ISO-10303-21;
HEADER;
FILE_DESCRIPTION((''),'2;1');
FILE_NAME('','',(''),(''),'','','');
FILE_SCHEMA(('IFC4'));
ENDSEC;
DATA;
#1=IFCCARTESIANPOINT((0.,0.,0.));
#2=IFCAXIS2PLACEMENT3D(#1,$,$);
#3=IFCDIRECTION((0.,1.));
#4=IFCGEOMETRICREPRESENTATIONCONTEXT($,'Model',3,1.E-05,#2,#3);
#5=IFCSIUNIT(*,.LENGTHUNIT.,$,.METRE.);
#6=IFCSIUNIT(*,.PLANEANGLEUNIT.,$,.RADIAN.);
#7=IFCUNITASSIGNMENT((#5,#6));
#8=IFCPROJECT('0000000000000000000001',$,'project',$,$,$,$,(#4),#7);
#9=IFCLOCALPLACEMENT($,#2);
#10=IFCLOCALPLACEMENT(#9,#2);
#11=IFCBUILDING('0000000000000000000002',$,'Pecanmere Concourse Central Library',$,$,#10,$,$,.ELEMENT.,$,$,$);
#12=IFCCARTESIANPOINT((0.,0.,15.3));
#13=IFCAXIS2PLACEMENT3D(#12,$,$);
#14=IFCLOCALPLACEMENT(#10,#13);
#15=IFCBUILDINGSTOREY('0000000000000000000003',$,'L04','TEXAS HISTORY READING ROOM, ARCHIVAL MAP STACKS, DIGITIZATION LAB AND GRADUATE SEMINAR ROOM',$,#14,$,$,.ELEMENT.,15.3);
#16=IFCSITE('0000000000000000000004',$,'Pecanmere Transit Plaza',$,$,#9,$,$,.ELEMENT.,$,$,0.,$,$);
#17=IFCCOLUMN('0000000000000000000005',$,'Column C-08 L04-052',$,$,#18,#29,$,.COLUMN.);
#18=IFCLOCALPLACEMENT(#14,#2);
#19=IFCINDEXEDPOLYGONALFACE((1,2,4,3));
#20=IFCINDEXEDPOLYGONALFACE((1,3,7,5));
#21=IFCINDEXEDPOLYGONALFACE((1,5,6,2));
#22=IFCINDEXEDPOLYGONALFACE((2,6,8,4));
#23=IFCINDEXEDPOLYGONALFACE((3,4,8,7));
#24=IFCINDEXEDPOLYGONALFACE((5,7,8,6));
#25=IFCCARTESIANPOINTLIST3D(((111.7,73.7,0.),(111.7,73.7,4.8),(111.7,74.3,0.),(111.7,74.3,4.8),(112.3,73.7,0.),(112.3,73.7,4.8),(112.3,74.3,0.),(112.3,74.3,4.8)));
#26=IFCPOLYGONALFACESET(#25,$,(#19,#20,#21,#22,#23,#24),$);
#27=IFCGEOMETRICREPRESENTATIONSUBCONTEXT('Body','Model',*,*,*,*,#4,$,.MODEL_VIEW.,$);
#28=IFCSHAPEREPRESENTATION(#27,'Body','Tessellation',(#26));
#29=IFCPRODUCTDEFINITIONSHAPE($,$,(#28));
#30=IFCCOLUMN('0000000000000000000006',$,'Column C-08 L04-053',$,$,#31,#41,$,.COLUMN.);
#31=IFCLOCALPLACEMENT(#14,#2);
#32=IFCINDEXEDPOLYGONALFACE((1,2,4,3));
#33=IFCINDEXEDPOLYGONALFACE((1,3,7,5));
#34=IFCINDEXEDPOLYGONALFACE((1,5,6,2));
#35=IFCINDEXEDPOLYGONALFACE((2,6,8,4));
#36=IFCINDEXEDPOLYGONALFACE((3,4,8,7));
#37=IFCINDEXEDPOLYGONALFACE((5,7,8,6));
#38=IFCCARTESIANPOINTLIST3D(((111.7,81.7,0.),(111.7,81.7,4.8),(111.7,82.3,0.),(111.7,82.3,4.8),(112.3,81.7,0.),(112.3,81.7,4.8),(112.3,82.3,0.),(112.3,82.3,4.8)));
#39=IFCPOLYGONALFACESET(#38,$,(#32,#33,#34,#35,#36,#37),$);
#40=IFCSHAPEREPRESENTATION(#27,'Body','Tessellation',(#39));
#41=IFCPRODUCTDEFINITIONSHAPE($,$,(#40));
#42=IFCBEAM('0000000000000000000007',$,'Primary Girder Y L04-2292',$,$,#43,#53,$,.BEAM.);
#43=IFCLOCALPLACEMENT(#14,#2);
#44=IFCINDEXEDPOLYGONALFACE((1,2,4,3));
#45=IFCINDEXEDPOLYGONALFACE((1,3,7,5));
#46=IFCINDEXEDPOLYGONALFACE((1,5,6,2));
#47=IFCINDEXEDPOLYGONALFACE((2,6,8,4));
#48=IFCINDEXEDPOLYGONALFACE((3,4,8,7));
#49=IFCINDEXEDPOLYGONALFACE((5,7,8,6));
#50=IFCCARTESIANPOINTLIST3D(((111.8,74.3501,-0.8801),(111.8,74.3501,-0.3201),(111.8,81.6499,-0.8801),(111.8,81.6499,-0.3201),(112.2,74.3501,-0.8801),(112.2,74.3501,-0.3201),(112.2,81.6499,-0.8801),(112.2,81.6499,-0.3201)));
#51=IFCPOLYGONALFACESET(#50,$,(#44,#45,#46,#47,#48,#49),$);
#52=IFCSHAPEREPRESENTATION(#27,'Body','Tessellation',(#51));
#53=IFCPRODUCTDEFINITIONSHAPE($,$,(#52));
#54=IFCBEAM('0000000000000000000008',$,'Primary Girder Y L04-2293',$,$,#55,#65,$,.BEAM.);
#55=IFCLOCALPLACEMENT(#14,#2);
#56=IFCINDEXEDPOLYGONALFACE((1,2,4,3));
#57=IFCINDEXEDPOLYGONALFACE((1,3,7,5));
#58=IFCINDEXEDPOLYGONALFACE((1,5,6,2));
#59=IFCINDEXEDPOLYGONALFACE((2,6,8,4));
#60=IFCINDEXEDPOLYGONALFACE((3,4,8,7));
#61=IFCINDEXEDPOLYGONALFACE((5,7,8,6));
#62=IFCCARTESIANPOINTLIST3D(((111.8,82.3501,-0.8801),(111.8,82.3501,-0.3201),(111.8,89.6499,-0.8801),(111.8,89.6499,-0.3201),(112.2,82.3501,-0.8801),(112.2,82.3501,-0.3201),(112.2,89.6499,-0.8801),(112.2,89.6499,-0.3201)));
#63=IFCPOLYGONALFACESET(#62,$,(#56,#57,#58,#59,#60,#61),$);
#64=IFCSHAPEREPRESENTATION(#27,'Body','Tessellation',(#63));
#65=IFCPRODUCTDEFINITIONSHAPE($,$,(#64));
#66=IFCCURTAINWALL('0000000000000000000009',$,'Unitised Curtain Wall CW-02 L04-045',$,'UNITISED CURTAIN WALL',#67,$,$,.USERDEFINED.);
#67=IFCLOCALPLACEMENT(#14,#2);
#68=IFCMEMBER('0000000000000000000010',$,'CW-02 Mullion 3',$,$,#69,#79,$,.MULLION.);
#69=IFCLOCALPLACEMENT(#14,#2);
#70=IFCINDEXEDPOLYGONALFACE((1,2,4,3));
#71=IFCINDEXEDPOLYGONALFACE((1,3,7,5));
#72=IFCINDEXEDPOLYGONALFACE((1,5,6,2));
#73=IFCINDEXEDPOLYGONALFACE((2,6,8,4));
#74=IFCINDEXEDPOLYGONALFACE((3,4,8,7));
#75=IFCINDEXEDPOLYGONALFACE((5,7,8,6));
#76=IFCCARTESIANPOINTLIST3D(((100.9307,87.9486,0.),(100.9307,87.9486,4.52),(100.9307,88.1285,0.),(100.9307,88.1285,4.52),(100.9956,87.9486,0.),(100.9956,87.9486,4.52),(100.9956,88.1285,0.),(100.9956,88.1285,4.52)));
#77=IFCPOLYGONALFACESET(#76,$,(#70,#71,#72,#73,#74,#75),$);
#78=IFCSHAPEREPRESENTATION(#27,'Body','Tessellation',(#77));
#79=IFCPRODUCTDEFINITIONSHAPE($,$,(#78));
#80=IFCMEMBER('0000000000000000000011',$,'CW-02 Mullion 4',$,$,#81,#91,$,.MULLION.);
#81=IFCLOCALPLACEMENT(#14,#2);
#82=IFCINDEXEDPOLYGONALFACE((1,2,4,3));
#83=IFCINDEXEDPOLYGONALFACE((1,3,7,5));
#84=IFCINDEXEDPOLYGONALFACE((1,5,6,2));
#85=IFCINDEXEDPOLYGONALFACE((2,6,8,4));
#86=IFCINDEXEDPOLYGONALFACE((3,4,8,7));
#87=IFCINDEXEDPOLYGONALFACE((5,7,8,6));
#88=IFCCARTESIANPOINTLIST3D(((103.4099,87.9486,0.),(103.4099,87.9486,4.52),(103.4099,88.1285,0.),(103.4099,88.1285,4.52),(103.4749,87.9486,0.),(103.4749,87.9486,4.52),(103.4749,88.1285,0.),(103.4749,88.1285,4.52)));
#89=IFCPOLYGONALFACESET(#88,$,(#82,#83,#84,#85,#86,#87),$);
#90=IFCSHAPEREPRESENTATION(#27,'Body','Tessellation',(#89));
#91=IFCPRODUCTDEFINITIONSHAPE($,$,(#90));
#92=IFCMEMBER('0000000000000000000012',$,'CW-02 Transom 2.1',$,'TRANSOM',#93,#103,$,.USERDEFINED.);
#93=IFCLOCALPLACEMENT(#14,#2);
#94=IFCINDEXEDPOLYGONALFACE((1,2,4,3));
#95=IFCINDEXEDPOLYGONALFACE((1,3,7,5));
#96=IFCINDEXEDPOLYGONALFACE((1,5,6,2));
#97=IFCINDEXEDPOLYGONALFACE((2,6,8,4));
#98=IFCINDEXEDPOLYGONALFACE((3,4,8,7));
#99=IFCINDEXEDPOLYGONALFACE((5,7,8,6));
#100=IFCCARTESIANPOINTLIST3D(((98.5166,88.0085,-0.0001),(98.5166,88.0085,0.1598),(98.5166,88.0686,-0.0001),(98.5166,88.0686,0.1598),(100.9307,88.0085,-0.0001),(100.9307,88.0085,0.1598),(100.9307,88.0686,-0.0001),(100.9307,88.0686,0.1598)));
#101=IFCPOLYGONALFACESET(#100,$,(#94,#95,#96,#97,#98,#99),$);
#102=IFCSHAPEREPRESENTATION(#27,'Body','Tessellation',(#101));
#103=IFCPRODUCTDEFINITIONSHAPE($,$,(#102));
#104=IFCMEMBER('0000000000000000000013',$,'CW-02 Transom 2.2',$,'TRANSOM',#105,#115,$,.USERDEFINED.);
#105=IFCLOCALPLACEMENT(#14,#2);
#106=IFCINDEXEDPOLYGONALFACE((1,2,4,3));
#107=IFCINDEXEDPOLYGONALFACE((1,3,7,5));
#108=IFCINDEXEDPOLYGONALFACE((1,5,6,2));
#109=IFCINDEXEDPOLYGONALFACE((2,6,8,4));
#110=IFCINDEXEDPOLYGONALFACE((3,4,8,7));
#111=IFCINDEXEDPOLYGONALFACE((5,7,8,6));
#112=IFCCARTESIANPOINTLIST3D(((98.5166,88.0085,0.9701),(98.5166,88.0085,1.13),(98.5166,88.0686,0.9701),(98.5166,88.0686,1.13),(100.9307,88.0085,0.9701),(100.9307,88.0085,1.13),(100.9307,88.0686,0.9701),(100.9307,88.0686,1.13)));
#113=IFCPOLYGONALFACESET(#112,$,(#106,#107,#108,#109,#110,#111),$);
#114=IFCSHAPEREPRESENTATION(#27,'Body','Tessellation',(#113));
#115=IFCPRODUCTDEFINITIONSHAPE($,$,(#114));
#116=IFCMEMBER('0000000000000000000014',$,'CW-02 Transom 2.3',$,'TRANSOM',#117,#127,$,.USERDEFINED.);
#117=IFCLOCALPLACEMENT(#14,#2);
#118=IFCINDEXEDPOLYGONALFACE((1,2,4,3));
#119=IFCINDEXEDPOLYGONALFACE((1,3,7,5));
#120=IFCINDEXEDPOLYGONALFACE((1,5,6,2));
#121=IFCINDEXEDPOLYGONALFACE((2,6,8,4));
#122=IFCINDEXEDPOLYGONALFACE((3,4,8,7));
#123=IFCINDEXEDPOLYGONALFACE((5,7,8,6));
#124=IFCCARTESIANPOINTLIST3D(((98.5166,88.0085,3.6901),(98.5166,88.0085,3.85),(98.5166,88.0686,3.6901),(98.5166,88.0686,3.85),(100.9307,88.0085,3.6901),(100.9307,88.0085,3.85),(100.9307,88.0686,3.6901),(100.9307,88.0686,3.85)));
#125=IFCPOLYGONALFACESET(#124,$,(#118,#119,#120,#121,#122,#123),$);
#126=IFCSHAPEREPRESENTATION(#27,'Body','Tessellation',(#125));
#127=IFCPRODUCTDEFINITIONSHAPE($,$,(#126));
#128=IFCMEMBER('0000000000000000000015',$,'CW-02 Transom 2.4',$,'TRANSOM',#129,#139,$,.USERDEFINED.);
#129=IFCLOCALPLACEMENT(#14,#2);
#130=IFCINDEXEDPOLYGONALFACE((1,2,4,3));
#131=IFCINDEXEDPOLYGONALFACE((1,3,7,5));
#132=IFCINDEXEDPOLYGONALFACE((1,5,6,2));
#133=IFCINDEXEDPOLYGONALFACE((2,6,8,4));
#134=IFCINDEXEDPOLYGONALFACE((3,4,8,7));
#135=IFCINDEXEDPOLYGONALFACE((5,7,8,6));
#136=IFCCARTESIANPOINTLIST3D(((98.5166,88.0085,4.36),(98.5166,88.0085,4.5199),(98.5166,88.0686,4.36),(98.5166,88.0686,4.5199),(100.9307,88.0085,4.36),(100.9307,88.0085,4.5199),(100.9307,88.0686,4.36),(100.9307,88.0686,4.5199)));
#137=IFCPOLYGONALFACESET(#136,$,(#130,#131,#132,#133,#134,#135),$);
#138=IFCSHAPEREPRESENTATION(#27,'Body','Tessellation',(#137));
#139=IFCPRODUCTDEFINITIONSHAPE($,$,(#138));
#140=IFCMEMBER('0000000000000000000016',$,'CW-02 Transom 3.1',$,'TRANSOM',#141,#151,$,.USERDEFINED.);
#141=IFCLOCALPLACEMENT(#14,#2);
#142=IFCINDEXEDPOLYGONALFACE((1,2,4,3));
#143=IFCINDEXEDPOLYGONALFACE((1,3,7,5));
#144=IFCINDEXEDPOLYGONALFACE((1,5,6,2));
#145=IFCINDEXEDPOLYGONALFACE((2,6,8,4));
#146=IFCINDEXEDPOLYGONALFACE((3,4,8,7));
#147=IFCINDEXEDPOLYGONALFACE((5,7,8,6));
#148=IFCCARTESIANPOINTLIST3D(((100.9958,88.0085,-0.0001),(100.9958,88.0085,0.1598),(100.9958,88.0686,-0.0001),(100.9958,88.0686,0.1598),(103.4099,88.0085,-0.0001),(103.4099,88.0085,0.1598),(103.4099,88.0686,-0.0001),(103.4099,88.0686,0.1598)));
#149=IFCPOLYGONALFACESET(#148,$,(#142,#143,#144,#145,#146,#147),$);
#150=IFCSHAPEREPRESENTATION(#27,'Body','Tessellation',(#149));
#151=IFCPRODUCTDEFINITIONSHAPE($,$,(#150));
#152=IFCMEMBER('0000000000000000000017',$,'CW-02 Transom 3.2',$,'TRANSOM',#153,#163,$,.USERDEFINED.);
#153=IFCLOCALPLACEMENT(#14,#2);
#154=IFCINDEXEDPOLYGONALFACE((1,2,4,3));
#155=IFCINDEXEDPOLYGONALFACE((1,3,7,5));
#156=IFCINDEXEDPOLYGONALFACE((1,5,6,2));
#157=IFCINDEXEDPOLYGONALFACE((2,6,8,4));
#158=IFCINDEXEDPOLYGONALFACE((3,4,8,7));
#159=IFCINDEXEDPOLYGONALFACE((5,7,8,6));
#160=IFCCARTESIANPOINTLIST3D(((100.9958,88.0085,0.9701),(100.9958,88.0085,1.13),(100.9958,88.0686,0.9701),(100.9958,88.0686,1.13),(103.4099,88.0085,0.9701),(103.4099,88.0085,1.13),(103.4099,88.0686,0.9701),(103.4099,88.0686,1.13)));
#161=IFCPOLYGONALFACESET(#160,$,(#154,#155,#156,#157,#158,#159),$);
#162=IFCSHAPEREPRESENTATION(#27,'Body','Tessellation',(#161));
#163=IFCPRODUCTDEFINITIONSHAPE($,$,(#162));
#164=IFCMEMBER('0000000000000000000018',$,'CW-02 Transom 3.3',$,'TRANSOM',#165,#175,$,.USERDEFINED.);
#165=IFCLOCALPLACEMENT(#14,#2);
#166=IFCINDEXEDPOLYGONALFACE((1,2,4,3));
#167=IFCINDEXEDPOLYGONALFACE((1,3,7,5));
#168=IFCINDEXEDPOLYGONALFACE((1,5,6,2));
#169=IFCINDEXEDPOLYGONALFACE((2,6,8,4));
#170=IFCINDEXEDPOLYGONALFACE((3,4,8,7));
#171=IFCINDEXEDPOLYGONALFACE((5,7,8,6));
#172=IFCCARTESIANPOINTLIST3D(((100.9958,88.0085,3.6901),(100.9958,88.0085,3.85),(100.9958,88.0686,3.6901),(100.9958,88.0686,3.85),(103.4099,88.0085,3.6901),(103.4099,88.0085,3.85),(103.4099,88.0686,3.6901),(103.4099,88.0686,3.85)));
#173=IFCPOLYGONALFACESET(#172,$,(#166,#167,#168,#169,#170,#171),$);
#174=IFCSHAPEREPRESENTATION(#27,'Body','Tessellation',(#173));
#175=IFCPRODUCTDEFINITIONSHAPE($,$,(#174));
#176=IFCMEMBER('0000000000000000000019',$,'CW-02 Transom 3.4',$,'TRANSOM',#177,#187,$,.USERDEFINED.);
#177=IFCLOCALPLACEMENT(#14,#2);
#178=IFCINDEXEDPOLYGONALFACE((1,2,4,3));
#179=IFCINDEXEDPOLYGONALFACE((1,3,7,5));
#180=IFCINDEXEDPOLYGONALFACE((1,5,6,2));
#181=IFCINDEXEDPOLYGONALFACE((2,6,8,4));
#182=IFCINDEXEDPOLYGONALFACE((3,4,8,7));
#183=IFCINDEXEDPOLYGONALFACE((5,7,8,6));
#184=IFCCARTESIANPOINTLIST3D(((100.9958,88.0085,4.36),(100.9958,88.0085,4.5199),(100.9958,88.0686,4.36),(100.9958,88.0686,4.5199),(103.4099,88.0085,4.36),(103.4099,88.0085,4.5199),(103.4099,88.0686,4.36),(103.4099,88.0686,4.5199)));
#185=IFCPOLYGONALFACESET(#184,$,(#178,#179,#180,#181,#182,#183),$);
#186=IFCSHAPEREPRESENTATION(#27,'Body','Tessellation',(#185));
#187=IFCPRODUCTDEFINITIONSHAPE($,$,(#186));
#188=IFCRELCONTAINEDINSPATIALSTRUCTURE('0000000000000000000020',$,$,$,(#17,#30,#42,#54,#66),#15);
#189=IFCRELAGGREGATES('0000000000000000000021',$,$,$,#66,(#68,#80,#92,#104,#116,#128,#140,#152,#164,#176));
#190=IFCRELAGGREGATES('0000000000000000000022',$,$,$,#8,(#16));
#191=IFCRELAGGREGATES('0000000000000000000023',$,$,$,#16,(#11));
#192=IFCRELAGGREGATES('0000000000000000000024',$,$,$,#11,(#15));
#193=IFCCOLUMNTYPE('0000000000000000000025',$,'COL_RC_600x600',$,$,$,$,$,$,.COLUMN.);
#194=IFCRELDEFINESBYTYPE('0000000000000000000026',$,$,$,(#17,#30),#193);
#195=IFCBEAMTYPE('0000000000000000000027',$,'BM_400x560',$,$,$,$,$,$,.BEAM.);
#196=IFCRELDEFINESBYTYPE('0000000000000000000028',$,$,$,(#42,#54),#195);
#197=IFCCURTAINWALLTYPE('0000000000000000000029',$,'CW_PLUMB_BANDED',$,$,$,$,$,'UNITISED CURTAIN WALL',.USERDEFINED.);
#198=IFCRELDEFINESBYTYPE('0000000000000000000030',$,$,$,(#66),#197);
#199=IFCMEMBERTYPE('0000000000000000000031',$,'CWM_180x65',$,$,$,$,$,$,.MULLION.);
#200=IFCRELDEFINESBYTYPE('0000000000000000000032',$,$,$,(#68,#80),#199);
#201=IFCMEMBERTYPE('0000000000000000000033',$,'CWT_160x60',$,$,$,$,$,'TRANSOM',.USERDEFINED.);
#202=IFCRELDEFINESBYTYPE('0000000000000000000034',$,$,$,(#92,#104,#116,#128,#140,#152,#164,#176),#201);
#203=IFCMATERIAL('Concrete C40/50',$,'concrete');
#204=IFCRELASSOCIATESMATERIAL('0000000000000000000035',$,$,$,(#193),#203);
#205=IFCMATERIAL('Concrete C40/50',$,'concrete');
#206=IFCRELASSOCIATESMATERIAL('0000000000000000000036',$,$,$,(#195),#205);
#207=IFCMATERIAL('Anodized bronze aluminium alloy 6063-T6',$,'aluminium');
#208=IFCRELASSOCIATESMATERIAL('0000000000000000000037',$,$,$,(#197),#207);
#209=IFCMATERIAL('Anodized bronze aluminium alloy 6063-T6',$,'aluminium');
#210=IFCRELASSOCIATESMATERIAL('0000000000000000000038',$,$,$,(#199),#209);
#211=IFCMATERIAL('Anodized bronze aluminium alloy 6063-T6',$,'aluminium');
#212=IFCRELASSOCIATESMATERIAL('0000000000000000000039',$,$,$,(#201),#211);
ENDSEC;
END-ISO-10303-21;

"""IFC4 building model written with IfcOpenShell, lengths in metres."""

from ifc_helpers import new_model, si_unit, direction, frame, origin, origin_2d, place, context, subcontext, project, spatial, rectangle, extrude, material, material_profile, profile_set, type_object, element, aggregate, save


model = new_model("IFC4")

# Units and contexts
model_context = context("Model", 3, precision=1e-05, world=origin(), true_north=direction((0.0, 1.0)))
body_context = subcontext(model_context, "Body", "Model", "MODEL_VIEW")
ifc_project = project(units=[si_unit("LENGTHUNIT", "METRE"), si_unit("PLANEANGLEUNIT", "RADIAN")], contexts=[model_context])

# Site, building, storey
site_placement = place(None, origin())
site = spatial("IfcSite", under=ifc_project, at=site_placement, Name="Pecanmere Transit Plaza", CompositionType="ELEMENT", RefElevation=0.0)
building_placement = place(site_placement, origin())
building = spatial("IfcBuilding", under=site, at=building_placement, Name="Pecanmere Concourse Central Library", CompositionType="ELEMENT")
storey_placement = place(building_placement, frame((0.0, 0.0, 15.3)))
storey = spatial("IfcBuildingStorey", under=building, at=storey_placement, Name="L04", Description="TEXAS HISTORY READING ROOM, ARCHIVAL MAP STACKS, DIGITIZATION LAB AND GRADUATE SEMINAR ROOM", CompositionType="ELEMENT", Elevation=15.3)

# Columns
ifc_material_1 = material(Name="Concrete C40/50", Category="concrete")
ifc_material_profile_1 = material_profile(ifc_material_1, rectangle(XDim=0.6001, YDim=0.6001, at=origin_2d()), Name="RC 600x600")
ifc_profile_set_1 = profile_set([ifc_material_profile_1], Name="Concrete C40/50")
column_type = type_object("IfcColumnType", Name="COL_RC_600x600", PredefinedType="COLUMN", material=ifc_profile_set_1)
for number, where, z_axis, x_axis, name in (
    (1, (112.0, 74.0, 0.0), (0.0, 0.0, 1.0), (1.0, 0.0, 0.0), "Column C-08 L04-052"),
    (2, (112.0, 82.0, 0.0), (0.0, 0.0, 1.0), (1.0, 0.0, 0.0), "Column C-08 L04-053"),
):
    element("IfcColumn", number, at=place(storey_placement, frame(where, z_axis=z_axis, x_axis=x_axis)), inside=storey, type_object=column_type, Name=name, PredefinedType="COLUMN", context=body_context, shape_type="SweptSolid", body=[
        extrude(rectangle(XDim=0.6001, YDim=0.6001, at=origin_2d()), origin(), (0.0, 0.0, 1.0), 4.8),
    ])

# Beams
ifc_material_2 = material(Name="Concrete C40/50", Category="concrete")
ifc_material_profile_2 = material_profile(ifc_material_2, rectangle(XDim=0.3999, YDim=0.5601, at=origin_2d()), Name="RC 400x560")
ifc_profile_set_2 = profile_set([ifc_material_profile_2], Name="Concrete C40/50")
beam_type = type_object("IfcBeamType", Name="BM_400x560", PredefinedType="BEAM", material=ifc_profile_set_2)
for number, where, z_axis, x_axis, name in (
    (3, (112.0, 74.3501, -0.6001), (0.0, 1.0, 0.0), (-1.0, 0.0, 0.0), "Primary Girder Y L04-2292"),
    (4, (112.0, 82.3501, -0.6001), (0.0, 1.0, 0.0), (-1.0, 0.0, 0.0), "Primary Girder Y L04-2293"),
):
    element("IfcBeam", number, at=place(storey_placement, frame(where, z_axis=z_axis, x_axis=x_axis)), inside=storey, type_object=beam_type, Name=name, PredefinedType="BEAM", context=body_context, shape_type="SweptSolid", body=[
        extrude(rectangle(XDim=0.3999, YDim=0.5601, at=origin_2d()), origin(), (0.0, 0.0, 1.0), 7.2998),
    ])

# Curtain wall, members
ifc_material_3 = material(Name="Anodized bronze aluminium alloy 6063-T6", Category="aluminium")
curtain_wall_type = type_object("IfcCurtainWallType", Name="CW_PLUMB_BANDED", ElementType="UNITISED CURTAIN WALL", PredefinedType="USERDEFINED", material=ifc_material_3)
curtain_wall_placement = place(storey_placement, origin())
curtain_wall = element("IfcCurtainWall", 5, at=curtain_wall_placement, inside=storey, type_object=curtain_wall_type, Name="Unitised Curtain Wall CW-02 L04-045", ObjectType="UNITISED CURTAIN WALL", PredefinedType="USERDEFINED")
ifc_material_4 = material(Name="Anodized bronze aluminium alloy 6063-T6", Category="aluminium")
ifc_material_profile_3 = material_profile(ifc_material_4, rectangle(XDim=0.0649, YDim=0.1799, at=origin_2d()), Name="AL 65x180")
ifc_profile_set_3 = profile_set([ifc_material_profile_3], Name="Anodized bronze aluminium alloy 6063-T6")
member_type_1 = type_object("IfcMemberType", Name="CWM_180x65", PredefinedType="MULLION", material=ifc_profile_set_3)
member_1_placement = place(storey_placement, frame((100.9631, 88.0386, 0.0), z_axis=(0.0, 0.0, 1.0), x_axis=(1.0, 0.0, 0.0)))
member_1 = element("IfcMember", 6, at=member_1_placement, type_object=member_type_1, Name="CW-02 Mullion 3", PredefinedType="MULLION", context=body_context, shape_type="SweptSolid", body=[
    extrude(rectangle(XDim=0.0649, YDim=0.1799, at=origin_2d()), origin(), (0.0, 0.0, 1.0), 4.52),
])
member_2_placement = place(storey_placement, frame((103.4424, 88.0386, 0.0), z_axis=(0.0, 0.0, 1.0), x_axis=(1.0, 0.0, 0.0)))
member_2 = element("IfcMember", 7, at=member_2_placement, type_object=member_type_1, Name="CW-02 Mullion 4", PredefinedType="MULLION", context=body_context, shape_type="SweptSolid", body=[
    extrude(rectangle(XDim=0.0649, YDim=0.1799, at=origin_2d()), origin(), (0.0, 0.0, 1.0), 4.52),
])
ifc_material_5 = material(Name="Anodized bronze aluminium alloy 6063-T6", Category="aluminium")
ifc_material_profile_4 = material_profile(ifc_material_5, rectangle(XDim=0.0601, YDim=0.1599, at=origin_2d()), Name="AL 60x160")
ifc_profile_set_4 = profile_set([ifc_material_profile_4], Name="Anodized bronze aluminium alloy 6063-T6")
member_type_2 = type_object("IfcMemberType", Name="CWT_160x60", ElementType="TRANSOM", PredefinedType="USERDEFINED", material=ifc_profile_set_4)
member_3_placement = place(storey_placement, frame((98.5166, 88.0386, 0.0798), z_axis=(1.0, 0.0, 0.0), x_axis=(0.0, 1.0, 0.0)))
member_3 = element("IfcMember", 8, at=member_3_placement, type_object=member_type_2, Name="CW-02 Transom 2.1", ObjectType="TRANSOM", PredefinedType="USERDEFINED", context=body_context, shape_type="SweptSolid", body=[
    extrude(rectangle(XDim=0.0601, YDim=0.1599, at=origin_2d()), origin(), (0.0, 0.0, 1.0), 2.4141),
])
member_4_placement = place(storey_placement, frame((98.5166, 88.0386, 1.05), z_axis=(1.0, 0.0, 0.0), x_axis=(0.0, 1.0, 0.0)))
member_4 = element("IfcMember", 9, at=member_4_placement, type_object=member_type_2, Name="CW-02 Transom 2.2", ObjectType="TRANSOM", PredefinedType="USERDEFINED", context=body_context, shape_type="SweptSolid", body=[
    extrude(rectangle(XDim=0.0601, YDim=0.1599, at=origin_2d()), origin(), (0.0, 0.0, 1.0), 2.4141),
])
member_5_placement = place(storey_placement, frame((98.5166, 88.0386, 3.77), z_axis=(1.0, 0.0, 0.0), x_axis=(0.0, 1.0, 0.0)))
member_5 = element("IfcMember", 10, at=member_5_placement, type_object=member_type_2, Name="CW-02 Transom 2.3", ObjectType="TRANSOM", PredefinedType="USERDEFINED", context=body_context, shape_type="SweptSolid", body=[
    extrude(rectangle(XDim=0.0601, YDim=0.1599, at=origin_2d()), origin(), (0.0, 0.0, 1.0), 2.4141),
])
member_6_placement = place(storey_placement, frame((98.5166, 88.0386, 4.4399), z_axis=(1.0, 0.0, 0.0), x_axis=(0.0, 1.0, 0.0)))
member_6 = element("IfcMember", 11, at=member_6_placement, type_object=member_type_2, Name="CW-02 Transom 2.4", ObjectType="TRANSOM", PredefinedType="USERDEFINED", context=body_context, shape_type="SweptSolid", body=[
    extrude(rectangle(XDim=0.0601, YDim=0.1599, at=origin_2d()), origin(), (0.0, 0.0, 1.0), 2.4141),
])
member_7_placement = place(storey_placement, frame((100.9958, 88.0386, 0.0798), z_axis=(1.0, 0.0, 0.0), x_axis=(0.0, 1.0, 0.0)))
member_7 = element("IfcMember", 12, at=member_7_placement, type_object=member_type_2, Name="CW-02 Transom 3.1", ObjectType="TRANSOM", PredefinedType="USERDEFINED", context=body_context, shape_type="SweptSolid", body=[
    extrude(rectangle(XDim=0.0601, YDim=0.1599, at=origin_2d()), origin(), (0.0, 0.0, 1.0), 2.4141),
])
member_8_placement = place(storey_placement, frame((100.9958, 88.0386, 1.05), z_axis=(1.0, 0.0, 0.0), x_axis=(0.0, 1.0, 0.0)))
member_8 = element("IfcMember", 13, at=member_8_placement, type_object=member_type_2, Name="CW-02 Transom 3.2", ObjectType="TRANSOM", PredefinedType="USERDEFINED", context=body_context, shape_type="SweptSolid", body=[
    extrude(rectangle(XDim=0.0601, YDim=0.1599, at=origin_2d()), origin(), (0.0, 0.0, 1.0), 2.4141),
])
member_9_placement = place(storey_placement, frame((100.9958, 88.0386, 3.77), z_axis=(1.0, 0.0, 0.0), x_axis=(0.0, 1.0, 0.0)))
member_9 = element("IfcMember", 14, at=member_9_placement, type_object=member_type_2, Name="CW-02 Transom 3.3", ObjectType="TRANSOM", PredefinedType="USERDEFINED", context=body_context, shape_type="SweptSolid", body=[
    extrude(rectangle(XDim=0.0601, YDim=0.1599, at=origin_2d()), origin(), (0.0, 0.0, 1.0), 2.4141),
])
member_10_placement = place(storey_placement, frame((100.9958, 88.0386, 4.4399), z_axis=(1.0, 0.0, 0.0), x_axis=(0.0, 1.0, 0.0)))
member_10 = element("IfcMember", 15, at=member_10_placement, type_object=member_type_2, Name="CW-02 Transom 3.4", ObjectType="TRANSOM", PredefinedType="USERDEFINED", context=body_context, shape_type="SweptSolid", body=[
    extrude(rectangle(XDim=0.0601, YDim=0.1599, at=origin_2d()), origin(), (0.0, 0.0, 1.0), 2.4141),
])
aggregate(curtain_wall, [member_1, member_2, member_3, member_4, member_5, member_6, member_7, member_8, member_9, member_10])

save(model, "model.ifc")
